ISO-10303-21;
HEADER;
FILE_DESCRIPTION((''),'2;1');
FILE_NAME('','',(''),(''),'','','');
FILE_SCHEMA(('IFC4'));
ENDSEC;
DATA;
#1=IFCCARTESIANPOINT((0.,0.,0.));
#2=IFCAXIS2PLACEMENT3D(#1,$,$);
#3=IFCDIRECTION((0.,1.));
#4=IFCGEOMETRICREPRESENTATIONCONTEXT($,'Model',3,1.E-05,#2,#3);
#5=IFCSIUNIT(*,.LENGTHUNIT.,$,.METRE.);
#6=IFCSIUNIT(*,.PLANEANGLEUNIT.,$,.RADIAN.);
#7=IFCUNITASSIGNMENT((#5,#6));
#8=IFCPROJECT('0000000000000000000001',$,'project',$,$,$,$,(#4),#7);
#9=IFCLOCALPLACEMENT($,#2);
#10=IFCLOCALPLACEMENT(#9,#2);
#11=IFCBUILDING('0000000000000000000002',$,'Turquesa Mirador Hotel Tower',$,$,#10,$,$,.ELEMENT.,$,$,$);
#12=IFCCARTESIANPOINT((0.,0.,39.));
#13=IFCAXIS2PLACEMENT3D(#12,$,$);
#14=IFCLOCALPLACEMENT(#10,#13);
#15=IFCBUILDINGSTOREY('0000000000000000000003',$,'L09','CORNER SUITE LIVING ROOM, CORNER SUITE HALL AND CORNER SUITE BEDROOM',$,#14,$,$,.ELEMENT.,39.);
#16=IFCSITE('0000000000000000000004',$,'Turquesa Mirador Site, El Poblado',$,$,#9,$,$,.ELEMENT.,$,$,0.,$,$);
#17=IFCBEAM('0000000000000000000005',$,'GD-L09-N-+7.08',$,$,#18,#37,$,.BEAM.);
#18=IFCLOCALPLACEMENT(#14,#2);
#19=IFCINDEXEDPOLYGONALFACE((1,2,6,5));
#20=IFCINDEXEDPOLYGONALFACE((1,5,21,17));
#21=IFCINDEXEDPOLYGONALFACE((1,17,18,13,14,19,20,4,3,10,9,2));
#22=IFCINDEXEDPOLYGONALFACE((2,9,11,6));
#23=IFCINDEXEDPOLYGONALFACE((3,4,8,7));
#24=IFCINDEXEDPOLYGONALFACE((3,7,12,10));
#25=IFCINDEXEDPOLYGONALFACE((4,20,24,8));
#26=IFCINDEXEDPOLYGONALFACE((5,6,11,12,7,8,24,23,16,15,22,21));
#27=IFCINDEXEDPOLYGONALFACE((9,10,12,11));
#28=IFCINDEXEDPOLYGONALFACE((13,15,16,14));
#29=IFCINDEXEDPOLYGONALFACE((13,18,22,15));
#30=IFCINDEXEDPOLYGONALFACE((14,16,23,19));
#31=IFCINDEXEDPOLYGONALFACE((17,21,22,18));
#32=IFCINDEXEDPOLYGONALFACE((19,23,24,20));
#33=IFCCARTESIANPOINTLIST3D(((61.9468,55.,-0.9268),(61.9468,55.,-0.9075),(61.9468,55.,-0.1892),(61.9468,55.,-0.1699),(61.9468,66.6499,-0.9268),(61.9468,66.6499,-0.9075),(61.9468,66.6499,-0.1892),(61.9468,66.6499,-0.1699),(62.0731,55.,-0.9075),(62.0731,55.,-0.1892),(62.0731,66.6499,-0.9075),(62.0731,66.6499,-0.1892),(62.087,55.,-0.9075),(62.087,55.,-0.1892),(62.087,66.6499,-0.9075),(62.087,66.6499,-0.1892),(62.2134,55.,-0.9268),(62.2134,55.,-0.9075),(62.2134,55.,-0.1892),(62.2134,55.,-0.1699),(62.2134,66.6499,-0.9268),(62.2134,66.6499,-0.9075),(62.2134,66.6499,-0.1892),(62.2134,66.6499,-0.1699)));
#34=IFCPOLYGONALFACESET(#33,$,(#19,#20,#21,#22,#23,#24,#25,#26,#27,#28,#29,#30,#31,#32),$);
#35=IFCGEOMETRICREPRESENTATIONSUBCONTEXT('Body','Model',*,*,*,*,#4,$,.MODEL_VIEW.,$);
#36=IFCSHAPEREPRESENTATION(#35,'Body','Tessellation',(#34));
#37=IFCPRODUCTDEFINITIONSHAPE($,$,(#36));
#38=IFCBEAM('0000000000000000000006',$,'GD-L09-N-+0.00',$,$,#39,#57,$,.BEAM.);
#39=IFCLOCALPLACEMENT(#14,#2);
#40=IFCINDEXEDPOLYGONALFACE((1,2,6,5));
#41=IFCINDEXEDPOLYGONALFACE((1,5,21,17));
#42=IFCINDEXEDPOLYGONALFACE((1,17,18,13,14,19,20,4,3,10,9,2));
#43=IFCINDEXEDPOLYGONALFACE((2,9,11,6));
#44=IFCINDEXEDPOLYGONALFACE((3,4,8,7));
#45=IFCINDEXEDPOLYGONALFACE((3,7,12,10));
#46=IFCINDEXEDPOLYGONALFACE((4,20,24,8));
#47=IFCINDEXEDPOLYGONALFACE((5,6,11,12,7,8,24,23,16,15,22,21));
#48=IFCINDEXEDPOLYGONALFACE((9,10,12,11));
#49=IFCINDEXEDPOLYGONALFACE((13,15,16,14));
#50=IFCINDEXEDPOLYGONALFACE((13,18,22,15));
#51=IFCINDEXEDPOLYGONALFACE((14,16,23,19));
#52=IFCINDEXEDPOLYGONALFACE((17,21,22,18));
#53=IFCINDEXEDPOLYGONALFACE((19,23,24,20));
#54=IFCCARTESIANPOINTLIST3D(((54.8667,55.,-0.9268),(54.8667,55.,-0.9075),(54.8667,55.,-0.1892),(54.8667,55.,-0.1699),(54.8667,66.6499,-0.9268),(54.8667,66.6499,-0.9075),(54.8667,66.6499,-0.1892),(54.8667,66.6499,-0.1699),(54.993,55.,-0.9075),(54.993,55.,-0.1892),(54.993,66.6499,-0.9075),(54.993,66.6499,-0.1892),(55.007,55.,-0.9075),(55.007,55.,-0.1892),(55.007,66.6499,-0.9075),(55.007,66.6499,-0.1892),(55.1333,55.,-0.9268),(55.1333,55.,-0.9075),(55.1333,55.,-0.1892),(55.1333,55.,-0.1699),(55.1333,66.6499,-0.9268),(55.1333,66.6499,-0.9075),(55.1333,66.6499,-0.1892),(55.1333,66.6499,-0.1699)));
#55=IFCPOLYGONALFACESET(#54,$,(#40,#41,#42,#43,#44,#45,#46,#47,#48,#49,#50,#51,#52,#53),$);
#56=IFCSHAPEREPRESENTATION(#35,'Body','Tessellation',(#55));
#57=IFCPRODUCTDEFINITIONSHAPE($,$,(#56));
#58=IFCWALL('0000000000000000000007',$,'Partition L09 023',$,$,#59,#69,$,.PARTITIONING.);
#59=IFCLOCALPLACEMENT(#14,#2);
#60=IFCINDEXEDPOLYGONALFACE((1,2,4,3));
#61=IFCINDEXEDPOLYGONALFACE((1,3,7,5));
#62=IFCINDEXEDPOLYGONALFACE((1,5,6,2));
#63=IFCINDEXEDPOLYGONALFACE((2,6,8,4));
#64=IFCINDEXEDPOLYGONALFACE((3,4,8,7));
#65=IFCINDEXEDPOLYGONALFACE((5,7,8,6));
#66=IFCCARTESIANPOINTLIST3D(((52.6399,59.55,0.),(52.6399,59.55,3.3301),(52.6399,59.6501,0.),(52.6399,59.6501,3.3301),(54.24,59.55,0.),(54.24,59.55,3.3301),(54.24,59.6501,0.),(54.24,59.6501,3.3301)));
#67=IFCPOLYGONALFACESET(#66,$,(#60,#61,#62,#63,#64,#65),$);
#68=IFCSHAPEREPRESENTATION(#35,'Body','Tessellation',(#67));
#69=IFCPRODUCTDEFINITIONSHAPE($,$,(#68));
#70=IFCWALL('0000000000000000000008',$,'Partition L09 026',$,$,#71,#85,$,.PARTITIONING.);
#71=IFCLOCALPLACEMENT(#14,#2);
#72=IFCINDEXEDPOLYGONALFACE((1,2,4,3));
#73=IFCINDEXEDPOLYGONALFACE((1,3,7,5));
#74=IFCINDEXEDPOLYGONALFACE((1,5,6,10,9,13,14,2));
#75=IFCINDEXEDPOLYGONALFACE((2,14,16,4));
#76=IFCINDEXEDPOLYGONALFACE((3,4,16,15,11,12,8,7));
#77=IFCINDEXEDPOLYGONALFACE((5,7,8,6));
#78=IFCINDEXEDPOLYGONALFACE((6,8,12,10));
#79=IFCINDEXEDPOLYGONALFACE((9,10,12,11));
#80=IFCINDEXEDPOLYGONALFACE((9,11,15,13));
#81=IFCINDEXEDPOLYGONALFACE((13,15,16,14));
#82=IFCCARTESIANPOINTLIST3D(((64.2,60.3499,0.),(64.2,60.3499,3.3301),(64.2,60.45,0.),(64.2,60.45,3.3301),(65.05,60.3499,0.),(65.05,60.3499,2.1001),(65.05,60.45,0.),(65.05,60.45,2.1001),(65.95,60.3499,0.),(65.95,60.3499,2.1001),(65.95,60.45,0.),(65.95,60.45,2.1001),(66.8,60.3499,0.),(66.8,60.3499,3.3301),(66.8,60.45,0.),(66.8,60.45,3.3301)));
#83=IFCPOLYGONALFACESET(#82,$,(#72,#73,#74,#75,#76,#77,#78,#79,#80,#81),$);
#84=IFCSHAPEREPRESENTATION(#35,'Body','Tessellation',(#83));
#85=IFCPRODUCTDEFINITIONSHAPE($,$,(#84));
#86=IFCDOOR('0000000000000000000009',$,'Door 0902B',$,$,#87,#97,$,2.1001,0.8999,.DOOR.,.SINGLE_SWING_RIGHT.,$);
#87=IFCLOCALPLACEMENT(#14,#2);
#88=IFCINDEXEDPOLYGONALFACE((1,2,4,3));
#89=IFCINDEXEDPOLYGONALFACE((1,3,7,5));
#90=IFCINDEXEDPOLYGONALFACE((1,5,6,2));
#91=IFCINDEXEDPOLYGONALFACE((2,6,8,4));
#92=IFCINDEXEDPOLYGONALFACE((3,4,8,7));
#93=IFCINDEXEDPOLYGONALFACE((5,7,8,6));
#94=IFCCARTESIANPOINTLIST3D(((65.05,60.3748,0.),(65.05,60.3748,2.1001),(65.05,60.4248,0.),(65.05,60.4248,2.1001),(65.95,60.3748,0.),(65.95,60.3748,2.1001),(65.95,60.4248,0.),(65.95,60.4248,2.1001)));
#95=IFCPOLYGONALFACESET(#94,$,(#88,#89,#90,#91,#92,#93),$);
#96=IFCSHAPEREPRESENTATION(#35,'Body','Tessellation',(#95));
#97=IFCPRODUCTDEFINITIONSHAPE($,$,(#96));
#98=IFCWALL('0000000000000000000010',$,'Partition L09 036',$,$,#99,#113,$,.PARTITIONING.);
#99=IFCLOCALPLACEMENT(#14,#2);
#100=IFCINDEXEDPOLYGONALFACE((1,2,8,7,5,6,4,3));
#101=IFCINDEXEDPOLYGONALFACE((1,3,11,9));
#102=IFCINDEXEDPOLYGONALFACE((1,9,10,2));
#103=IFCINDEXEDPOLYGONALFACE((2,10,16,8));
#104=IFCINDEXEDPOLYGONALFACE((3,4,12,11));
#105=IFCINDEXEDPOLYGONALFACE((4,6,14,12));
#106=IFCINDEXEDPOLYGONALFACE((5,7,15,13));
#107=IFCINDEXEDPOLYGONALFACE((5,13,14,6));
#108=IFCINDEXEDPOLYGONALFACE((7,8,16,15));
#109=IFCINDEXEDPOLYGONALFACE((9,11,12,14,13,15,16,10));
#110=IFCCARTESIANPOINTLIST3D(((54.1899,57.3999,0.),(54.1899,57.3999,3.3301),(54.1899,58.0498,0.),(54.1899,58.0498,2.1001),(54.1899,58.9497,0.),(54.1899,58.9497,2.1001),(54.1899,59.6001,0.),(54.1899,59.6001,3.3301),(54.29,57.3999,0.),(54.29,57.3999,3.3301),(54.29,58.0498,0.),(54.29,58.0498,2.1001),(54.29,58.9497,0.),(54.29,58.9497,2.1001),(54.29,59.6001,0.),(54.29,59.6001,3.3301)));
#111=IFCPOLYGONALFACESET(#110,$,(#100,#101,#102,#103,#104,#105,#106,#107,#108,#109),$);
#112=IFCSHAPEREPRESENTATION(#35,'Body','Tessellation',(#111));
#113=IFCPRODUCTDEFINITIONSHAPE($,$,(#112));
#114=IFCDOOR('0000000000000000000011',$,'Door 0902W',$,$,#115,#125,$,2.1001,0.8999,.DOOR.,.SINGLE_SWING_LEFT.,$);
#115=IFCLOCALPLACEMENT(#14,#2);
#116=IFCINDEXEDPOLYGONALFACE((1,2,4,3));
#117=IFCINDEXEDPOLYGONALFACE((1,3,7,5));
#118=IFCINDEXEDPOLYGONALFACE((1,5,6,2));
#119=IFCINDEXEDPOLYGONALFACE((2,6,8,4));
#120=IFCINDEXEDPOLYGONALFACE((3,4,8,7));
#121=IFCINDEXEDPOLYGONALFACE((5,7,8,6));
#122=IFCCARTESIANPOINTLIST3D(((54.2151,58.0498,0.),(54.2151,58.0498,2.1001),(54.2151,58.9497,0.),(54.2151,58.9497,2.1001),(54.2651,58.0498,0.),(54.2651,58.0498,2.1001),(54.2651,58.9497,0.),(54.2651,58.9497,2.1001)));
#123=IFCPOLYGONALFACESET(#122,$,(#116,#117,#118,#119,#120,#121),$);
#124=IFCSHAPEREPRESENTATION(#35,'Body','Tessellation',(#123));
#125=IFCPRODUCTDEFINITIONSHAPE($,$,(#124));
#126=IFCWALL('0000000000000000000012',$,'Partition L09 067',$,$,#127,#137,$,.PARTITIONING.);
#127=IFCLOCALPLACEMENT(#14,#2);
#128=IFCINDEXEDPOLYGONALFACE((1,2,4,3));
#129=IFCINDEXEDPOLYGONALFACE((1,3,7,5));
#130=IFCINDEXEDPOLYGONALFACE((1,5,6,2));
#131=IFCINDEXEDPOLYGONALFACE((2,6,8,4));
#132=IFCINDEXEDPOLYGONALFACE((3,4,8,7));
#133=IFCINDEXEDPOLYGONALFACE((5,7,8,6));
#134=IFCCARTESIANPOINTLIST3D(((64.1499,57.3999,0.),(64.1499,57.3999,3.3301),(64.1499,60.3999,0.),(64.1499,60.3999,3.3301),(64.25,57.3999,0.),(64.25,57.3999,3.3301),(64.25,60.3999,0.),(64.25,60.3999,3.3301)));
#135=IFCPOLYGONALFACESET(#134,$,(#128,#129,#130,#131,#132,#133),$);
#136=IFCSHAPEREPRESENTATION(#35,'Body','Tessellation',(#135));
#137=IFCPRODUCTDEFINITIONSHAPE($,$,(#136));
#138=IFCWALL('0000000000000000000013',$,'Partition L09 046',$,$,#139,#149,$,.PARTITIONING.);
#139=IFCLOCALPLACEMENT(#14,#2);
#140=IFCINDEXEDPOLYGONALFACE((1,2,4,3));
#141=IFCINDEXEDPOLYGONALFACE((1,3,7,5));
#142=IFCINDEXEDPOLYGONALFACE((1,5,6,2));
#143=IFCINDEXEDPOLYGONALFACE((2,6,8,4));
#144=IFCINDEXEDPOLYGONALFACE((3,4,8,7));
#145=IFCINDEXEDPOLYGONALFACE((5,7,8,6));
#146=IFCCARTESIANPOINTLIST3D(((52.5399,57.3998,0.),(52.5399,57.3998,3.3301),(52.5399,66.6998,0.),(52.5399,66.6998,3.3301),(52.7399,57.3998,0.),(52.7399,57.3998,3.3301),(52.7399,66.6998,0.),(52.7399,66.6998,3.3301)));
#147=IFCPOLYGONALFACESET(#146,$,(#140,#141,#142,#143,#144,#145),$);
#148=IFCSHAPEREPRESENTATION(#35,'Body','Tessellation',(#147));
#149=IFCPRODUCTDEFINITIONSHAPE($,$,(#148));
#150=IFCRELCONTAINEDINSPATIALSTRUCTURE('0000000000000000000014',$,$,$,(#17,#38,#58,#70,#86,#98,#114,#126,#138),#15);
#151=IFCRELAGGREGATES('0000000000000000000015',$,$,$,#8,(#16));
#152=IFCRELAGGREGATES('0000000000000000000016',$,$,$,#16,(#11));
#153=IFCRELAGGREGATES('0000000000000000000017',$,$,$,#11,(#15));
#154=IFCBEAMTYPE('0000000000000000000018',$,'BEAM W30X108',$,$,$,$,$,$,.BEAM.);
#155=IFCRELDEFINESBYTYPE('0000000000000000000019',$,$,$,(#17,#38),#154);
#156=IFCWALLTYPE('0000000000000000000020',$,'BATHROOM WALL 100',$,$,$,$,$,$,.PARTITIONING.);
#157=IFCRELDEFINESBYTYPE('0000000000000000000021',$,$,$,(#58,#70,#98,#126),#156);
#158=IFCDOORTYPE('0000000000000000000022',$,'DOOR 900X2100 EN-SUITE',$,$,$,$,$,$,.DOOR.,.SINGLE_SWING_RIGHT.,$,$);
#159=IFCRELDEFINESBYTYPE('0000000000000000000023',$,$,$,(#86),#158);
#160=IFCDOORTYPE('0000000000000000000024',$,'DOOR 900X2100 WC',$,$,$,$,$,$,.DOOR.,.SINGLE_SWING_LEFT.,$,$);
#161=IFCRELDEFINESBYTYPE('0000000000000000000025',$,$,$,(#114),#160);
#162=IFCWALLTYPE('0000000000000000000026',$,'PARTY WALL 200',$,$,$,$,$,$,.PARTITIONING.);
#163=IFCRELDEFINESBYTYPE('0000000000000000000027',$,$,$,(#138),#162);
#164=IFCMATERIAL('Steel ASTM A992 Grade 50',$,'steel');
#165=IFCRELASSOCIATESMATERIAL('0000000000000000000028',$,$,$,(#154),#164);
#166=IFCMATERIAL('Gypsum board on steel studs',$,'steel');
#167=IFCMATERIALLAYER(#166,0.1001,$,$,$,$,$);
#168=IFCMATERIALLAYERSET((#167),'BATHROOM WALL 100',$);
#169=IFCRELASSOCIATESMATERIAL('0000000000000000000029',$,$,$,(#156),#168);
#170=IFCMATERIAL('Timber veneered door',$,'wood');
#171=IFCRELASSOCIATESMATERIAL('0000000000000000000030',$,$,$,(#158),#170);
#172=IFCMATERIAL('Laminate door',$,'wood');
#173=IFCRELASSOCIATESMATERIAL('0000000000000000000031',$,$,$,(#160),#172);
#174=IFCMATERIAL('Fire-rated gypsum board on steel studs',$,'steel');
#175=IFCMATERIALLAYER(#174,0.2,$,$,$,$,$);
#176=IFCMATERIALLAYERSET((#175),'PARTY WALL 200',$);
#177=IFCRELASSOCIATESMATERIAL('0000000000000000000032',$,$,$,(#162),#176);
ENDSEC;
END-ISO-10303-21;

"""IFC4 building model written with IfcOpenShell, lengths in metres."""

from ifc_helpers import new_model, si_unit, direction, frame, frame_2d, origin, origin_2d, place, context, subcontext, project, spatial, rectangle, i_section, extrude, material, layer, layer_set, material_profile, profile_set, type_object, element, fill, save


model = new_model("IFC4")

# Units and contexts
model_context = context("Model", 3, precision=1e-05, world=origin(), true_north=direction((0.0, 1.0)))
body_context = subcontext(model_context, "Body", "Model", "MODEL_VIEW")
ifc_project = project(units=[si_unit("LENGTHUNIT", "METRE"), si_unit("PLANEANGLEUNIT", "RADIAN")], contexts=[model_context])

# Site, building, storey
site_placement = place(None, origin())
site = spatial("IfcSite", under=ifc_project, at=site_placement, Name="Turquesa Mirador Site, El Poblado", CompositionType="ELEMENT", RefElevation=0.0)
building_placement = place(site_placement, origin())
building = spatial("IfcBuilding", under=site, at=building_placement, Name="Turquesa Mirador Hotel Tower", CompositionType="ELEMENT")
storey_placement = place(building_placement, frame((0.0, 0.0, 39.0)))
storey = spatial("IfcBuildingStorey", under=building, at=storey_placement, Name="L09", Description="CORNER SUITE LIVING ROOM, CORNER SUITE HALL AND CORNER SUITE BEDROOM", CompositionType="ELEMENT", Elevation=39.0)

# Beams
ifc_material_1 = material(Name="Steel ASTM A992 Grade 50", Category="steel")
ifc_material_profile_1 = material_profile(ifc_material_1, i_section(OverallWidth=0.2666, OverallDepth=0.7568, WebThickness=0.0139, FlangeThickness=0.0193, at=origin_2d()), Name="W30X108")
ifc_profile_set_1 = profile_set([ifc_material_profile_1], Name="Steel ASTM A992 Grade 50")
beam_type_1 = type_object("IfcBeamType", Name="BEAM W30X108", PredefinedType="BEAM", material=ifc_profile_set_1)
for number, where, z_axis, x_axis, name in (
    (1, (62.0801, 66.6499, -0.5483), (0.0, -1.0, 0.0), (1.0, 0.0, 0.0), "GD-L09-N-+7.08"),
    (2, (55.0, 66.6499, -0.5483), (0.0, -1.0, 0.0), (1.0, 0.0, 0.0), "GD-L09-N-+0.00"),
):
    element("IfcBeam", number, at=place(storey_placement, frame(where, z_axis=z_axis, x_axis=x_axis)), inside=storey, type_object=beam_type_1, Name=name, PredefinedType="BEAM", context=body_context, shape_type="SweptSolid", body=[
        extrude(i_section(OverallWidth=0.2666, OverallDepth=0.7568, WebThickness=0.0139, FlangeThickness=0.0193, at=origin_2d()), origin(), (0.0, 0.0, 1.0), 11.6499),
    ])

# Wall
ifc_material_2 = material(Name="Gypsum board on steel studs", Category="steel")
ifc_layer_1 = layer(ifc_material_2, 0.1001)
ifc_layer_set_1 = layer_set([ifc_layer_1], Name="BATHROOM WALL 100")
wall_type_1 = type_object("IfcWallType", Name="BATHROOM WALL 100", PredefinedType="PARTITIONING", material=ifc_layer_set_1)
wall_1_placement = place(storey_placement, frame((52.6399, 59.6001, 0.0), z_axis=(0.0, 0.0, 1.0), x_axis=(1.0, 0.0, 0.0)))
element("IfcWall", 3, at=wall_1_placement, inside=storey, type_object=wall_type_1, Name="Partition L09 023", PredefinedType="PARTITIONING", context=body_context, shape_type="SweptSolid", body=[
    extrude(rectangle(XDim=1.6001, YDim=0.1001, at=frame_2d((0.8, 0.0))), origin(), (0.0, 0.0, 1.0), 3.3301),
])

# Walls, openings, doors
wall_2_placement = place(storey_placement, frame((64.2, 60.3999, 0.0), z_axis=(0.0, 0.0, 1.0), x_axis=(1.0, 0.0, 0.0)))
wall_2 = element("IfcWall", 4, at=wall_2_placement, inside=storey, type_object=wall_type_1, Name="Partition L09 026", PredefinedType="PARTITIONING", context=body_context, shape_type="SweptSolid", body=[
    extrude(rectangle(XDim=2.6001, YDim=0.1001, at=frame_2d((1.3, 0.0))), origin(), (0.0, 0.0, 1.0), 3.3301),
])
opening_1_placement = place(wall_2_placement, frame((0.8501, 0.0, 0.0)))
opening_1 = element("IfcOpeningElement", 5, at=opening_1_placement, cuts=wall_2, PredefinedType="OPENING", context=body_context, shape_type="SweptSolid", body=[
    extrude(rectangle(XDim=0.8999, YDim=2.1001, at=frame_2d((0.45, 1.05))), frame((0.0, 0.0601, 0.0), z_axis=(0.0, -1.0, 0.0), x_axis=(1.0, 0.0, 0.0)), (0.0, 0.0, 1.0), 0.1201),
])
ifc_material_3 = material(Name="Timber veneered door", Category="wood")
door_type_1 = type_object("IfcDoorType", Name="DOOR 900X2100 EN-SUITE", OperationType="SINGLE_SWING_RIGHT", PredefinedType="DOOR", material=ifc_material_3)
door_1_placement = place(opening_1_placement, origin())
door_1 = element("IfcDoor", 6, at=door_1_placement, inside=storey, type_object=door_type_1, Name="Door 0902B", OperationType="SINGLE_SWING_RIGHT", OverallHeight=2.1001, OverallWidth=0.8999, PredefinedType="DOOR", context=body_context, shape_type="SweptSolid", body=[
    extrude(rectangle(XDim=0.8999, YDim=2.1001, at=frame_2d((0.45, 1.05))), frame((0.0, 0.0249, 0.0), z_axis=(0.0, -1.0, 0.0), x_axis=(1.0, 0.0, 0.0)), (0.0, 0.0, 1.0), 0.05),
])
fill(opening_1, door_1)
wall_3_placement = place(storey_placement, frame((54.24, 57.3999, 0.0), z_axis=(0.0, 0.0, 1.0), x_axis=(0.0, 1.0, 0.0)))
wall_3 = element("IfcWall", 7, at=wall_3_placement, inside=storey, type_object=wall_type_1, Name="Partition L09 036", PredefinedType="PARTITIONING", context=body_context, shape_type="SweptSolid", body=[
    extrude(rectangle(XDim=2.2002, YDim=0.1001, at=frame_2d((1.1001, 0.0))), origin(), (0.0, 0.0, 1.0), 3.3301),
])
opening_2_placement = place(wall_3_placement, frame((0.6499, 0.0, 0.0)))
opening_2 = element("IfcOpeningElement", 8, at=opening_2_placement, cuts=wall_3, PredefinedType="OPENING", context=body_context, shape_type="SweptSolid", body=[
    extrude(rectangle(XDim=0.8999, YDim=2.1001, at=frame_2d((0.45, 1.05))), frame((0.0, 0.0601, 0.0), z_axis=(0.0, -1.0, 0.0), x_axis=(1.0, 0.0, 0.0)), (0.0, 0.0, 1.0), 0.1201),
])
ifc_material_4 = material(Name="Laminate door", Category="wood")
door_type_2 = type_object("IfcDoorType", Name="DOOR 900X2100 WC", OperationType="SINGLE_SWING_LEFT", PredefinedType="DOOR", material=ifc_material_4)
door_2_placement = place(opening_2_placement, origin())
door_2 = element("IfcDoor", 9, at=door_2_placement, inside=storey, type_object=door_type_2, Name="Door 0902W", OperationType="SINGLE_SWING_LEFT", OverallHeight=2.1001, OverallWidth=0.8999, PredefinedType="DOOR", context=body_context, shape_type="SweptSolid", body=[
    extrude(rectangle(XDim=0.8999, YDim=2.1001, at=frame_2d((0.45, 1.05))), frame((0.0, 0.0249, 0.0), z_axis=(0.0, -1.0, 0.0), x_axis=(1.0, 0.0, 0.0)), (0.0, 0.0, 1.0), 0.05),
])
fill(opening_2, door_2)

# Walls
wall_4_placement = place(storey_placement, frame((64.2, 57.3999, 0.0), z_axis=(0.0, 0.0, 1.0), x_axis=(0.0, 1.0, 0.0)))
element("IfcWall", 10, at=wall_4_placement, inside=storey, type_object=wall_type_1, Name="Partition L09 067", PredefinedType="PARTITIONING", context=body_context, shape_type="SweptSolid", body=[
    extrude(rectangle(XDim=3.0, YDim=0.1001, at=frame_2d((1.5, 0.0))), origin(), (0.0, 0.0, 1.0), 3.3301),
])
ifc_material_5 = material(Name="Fire-rated gypsum board on steel studs", Category="steel")
ifc_layer_2 = layer(ifc_material_5, 0.2)
ifc_layer_set_2 = layer_set([ifc_layer_2], Name="PARTY WALL 200")
wall_type_2 = type_object("IfcWallType", Name="PARTY WALL 200", PredefinedType="PARTITIONING", material=ifc_layer_set_2)
wall_5_placement = place(storey_placement, frame((52.6399, 57.3999, 0.0), z_axis=(0.0, 0.0, 1.0), x_axis=(0.0, 1.0, 0.0)))
element("IfcWall", 11, at=wall_5_placement, inside=storey, type_object=wall_type_2, Name="Partition L09 046", PredefinedType="PARTITIONING", context=body_context, shape_type="SweptSolid", body=[
    extrude(rectangle(XDim=9.3, YDim=0.2, at=frame_2d((4.6499, 0.0))), origin(), (0.0, 0.0, 1.0), 3.3301),
])

save(model, "model.ifc")
